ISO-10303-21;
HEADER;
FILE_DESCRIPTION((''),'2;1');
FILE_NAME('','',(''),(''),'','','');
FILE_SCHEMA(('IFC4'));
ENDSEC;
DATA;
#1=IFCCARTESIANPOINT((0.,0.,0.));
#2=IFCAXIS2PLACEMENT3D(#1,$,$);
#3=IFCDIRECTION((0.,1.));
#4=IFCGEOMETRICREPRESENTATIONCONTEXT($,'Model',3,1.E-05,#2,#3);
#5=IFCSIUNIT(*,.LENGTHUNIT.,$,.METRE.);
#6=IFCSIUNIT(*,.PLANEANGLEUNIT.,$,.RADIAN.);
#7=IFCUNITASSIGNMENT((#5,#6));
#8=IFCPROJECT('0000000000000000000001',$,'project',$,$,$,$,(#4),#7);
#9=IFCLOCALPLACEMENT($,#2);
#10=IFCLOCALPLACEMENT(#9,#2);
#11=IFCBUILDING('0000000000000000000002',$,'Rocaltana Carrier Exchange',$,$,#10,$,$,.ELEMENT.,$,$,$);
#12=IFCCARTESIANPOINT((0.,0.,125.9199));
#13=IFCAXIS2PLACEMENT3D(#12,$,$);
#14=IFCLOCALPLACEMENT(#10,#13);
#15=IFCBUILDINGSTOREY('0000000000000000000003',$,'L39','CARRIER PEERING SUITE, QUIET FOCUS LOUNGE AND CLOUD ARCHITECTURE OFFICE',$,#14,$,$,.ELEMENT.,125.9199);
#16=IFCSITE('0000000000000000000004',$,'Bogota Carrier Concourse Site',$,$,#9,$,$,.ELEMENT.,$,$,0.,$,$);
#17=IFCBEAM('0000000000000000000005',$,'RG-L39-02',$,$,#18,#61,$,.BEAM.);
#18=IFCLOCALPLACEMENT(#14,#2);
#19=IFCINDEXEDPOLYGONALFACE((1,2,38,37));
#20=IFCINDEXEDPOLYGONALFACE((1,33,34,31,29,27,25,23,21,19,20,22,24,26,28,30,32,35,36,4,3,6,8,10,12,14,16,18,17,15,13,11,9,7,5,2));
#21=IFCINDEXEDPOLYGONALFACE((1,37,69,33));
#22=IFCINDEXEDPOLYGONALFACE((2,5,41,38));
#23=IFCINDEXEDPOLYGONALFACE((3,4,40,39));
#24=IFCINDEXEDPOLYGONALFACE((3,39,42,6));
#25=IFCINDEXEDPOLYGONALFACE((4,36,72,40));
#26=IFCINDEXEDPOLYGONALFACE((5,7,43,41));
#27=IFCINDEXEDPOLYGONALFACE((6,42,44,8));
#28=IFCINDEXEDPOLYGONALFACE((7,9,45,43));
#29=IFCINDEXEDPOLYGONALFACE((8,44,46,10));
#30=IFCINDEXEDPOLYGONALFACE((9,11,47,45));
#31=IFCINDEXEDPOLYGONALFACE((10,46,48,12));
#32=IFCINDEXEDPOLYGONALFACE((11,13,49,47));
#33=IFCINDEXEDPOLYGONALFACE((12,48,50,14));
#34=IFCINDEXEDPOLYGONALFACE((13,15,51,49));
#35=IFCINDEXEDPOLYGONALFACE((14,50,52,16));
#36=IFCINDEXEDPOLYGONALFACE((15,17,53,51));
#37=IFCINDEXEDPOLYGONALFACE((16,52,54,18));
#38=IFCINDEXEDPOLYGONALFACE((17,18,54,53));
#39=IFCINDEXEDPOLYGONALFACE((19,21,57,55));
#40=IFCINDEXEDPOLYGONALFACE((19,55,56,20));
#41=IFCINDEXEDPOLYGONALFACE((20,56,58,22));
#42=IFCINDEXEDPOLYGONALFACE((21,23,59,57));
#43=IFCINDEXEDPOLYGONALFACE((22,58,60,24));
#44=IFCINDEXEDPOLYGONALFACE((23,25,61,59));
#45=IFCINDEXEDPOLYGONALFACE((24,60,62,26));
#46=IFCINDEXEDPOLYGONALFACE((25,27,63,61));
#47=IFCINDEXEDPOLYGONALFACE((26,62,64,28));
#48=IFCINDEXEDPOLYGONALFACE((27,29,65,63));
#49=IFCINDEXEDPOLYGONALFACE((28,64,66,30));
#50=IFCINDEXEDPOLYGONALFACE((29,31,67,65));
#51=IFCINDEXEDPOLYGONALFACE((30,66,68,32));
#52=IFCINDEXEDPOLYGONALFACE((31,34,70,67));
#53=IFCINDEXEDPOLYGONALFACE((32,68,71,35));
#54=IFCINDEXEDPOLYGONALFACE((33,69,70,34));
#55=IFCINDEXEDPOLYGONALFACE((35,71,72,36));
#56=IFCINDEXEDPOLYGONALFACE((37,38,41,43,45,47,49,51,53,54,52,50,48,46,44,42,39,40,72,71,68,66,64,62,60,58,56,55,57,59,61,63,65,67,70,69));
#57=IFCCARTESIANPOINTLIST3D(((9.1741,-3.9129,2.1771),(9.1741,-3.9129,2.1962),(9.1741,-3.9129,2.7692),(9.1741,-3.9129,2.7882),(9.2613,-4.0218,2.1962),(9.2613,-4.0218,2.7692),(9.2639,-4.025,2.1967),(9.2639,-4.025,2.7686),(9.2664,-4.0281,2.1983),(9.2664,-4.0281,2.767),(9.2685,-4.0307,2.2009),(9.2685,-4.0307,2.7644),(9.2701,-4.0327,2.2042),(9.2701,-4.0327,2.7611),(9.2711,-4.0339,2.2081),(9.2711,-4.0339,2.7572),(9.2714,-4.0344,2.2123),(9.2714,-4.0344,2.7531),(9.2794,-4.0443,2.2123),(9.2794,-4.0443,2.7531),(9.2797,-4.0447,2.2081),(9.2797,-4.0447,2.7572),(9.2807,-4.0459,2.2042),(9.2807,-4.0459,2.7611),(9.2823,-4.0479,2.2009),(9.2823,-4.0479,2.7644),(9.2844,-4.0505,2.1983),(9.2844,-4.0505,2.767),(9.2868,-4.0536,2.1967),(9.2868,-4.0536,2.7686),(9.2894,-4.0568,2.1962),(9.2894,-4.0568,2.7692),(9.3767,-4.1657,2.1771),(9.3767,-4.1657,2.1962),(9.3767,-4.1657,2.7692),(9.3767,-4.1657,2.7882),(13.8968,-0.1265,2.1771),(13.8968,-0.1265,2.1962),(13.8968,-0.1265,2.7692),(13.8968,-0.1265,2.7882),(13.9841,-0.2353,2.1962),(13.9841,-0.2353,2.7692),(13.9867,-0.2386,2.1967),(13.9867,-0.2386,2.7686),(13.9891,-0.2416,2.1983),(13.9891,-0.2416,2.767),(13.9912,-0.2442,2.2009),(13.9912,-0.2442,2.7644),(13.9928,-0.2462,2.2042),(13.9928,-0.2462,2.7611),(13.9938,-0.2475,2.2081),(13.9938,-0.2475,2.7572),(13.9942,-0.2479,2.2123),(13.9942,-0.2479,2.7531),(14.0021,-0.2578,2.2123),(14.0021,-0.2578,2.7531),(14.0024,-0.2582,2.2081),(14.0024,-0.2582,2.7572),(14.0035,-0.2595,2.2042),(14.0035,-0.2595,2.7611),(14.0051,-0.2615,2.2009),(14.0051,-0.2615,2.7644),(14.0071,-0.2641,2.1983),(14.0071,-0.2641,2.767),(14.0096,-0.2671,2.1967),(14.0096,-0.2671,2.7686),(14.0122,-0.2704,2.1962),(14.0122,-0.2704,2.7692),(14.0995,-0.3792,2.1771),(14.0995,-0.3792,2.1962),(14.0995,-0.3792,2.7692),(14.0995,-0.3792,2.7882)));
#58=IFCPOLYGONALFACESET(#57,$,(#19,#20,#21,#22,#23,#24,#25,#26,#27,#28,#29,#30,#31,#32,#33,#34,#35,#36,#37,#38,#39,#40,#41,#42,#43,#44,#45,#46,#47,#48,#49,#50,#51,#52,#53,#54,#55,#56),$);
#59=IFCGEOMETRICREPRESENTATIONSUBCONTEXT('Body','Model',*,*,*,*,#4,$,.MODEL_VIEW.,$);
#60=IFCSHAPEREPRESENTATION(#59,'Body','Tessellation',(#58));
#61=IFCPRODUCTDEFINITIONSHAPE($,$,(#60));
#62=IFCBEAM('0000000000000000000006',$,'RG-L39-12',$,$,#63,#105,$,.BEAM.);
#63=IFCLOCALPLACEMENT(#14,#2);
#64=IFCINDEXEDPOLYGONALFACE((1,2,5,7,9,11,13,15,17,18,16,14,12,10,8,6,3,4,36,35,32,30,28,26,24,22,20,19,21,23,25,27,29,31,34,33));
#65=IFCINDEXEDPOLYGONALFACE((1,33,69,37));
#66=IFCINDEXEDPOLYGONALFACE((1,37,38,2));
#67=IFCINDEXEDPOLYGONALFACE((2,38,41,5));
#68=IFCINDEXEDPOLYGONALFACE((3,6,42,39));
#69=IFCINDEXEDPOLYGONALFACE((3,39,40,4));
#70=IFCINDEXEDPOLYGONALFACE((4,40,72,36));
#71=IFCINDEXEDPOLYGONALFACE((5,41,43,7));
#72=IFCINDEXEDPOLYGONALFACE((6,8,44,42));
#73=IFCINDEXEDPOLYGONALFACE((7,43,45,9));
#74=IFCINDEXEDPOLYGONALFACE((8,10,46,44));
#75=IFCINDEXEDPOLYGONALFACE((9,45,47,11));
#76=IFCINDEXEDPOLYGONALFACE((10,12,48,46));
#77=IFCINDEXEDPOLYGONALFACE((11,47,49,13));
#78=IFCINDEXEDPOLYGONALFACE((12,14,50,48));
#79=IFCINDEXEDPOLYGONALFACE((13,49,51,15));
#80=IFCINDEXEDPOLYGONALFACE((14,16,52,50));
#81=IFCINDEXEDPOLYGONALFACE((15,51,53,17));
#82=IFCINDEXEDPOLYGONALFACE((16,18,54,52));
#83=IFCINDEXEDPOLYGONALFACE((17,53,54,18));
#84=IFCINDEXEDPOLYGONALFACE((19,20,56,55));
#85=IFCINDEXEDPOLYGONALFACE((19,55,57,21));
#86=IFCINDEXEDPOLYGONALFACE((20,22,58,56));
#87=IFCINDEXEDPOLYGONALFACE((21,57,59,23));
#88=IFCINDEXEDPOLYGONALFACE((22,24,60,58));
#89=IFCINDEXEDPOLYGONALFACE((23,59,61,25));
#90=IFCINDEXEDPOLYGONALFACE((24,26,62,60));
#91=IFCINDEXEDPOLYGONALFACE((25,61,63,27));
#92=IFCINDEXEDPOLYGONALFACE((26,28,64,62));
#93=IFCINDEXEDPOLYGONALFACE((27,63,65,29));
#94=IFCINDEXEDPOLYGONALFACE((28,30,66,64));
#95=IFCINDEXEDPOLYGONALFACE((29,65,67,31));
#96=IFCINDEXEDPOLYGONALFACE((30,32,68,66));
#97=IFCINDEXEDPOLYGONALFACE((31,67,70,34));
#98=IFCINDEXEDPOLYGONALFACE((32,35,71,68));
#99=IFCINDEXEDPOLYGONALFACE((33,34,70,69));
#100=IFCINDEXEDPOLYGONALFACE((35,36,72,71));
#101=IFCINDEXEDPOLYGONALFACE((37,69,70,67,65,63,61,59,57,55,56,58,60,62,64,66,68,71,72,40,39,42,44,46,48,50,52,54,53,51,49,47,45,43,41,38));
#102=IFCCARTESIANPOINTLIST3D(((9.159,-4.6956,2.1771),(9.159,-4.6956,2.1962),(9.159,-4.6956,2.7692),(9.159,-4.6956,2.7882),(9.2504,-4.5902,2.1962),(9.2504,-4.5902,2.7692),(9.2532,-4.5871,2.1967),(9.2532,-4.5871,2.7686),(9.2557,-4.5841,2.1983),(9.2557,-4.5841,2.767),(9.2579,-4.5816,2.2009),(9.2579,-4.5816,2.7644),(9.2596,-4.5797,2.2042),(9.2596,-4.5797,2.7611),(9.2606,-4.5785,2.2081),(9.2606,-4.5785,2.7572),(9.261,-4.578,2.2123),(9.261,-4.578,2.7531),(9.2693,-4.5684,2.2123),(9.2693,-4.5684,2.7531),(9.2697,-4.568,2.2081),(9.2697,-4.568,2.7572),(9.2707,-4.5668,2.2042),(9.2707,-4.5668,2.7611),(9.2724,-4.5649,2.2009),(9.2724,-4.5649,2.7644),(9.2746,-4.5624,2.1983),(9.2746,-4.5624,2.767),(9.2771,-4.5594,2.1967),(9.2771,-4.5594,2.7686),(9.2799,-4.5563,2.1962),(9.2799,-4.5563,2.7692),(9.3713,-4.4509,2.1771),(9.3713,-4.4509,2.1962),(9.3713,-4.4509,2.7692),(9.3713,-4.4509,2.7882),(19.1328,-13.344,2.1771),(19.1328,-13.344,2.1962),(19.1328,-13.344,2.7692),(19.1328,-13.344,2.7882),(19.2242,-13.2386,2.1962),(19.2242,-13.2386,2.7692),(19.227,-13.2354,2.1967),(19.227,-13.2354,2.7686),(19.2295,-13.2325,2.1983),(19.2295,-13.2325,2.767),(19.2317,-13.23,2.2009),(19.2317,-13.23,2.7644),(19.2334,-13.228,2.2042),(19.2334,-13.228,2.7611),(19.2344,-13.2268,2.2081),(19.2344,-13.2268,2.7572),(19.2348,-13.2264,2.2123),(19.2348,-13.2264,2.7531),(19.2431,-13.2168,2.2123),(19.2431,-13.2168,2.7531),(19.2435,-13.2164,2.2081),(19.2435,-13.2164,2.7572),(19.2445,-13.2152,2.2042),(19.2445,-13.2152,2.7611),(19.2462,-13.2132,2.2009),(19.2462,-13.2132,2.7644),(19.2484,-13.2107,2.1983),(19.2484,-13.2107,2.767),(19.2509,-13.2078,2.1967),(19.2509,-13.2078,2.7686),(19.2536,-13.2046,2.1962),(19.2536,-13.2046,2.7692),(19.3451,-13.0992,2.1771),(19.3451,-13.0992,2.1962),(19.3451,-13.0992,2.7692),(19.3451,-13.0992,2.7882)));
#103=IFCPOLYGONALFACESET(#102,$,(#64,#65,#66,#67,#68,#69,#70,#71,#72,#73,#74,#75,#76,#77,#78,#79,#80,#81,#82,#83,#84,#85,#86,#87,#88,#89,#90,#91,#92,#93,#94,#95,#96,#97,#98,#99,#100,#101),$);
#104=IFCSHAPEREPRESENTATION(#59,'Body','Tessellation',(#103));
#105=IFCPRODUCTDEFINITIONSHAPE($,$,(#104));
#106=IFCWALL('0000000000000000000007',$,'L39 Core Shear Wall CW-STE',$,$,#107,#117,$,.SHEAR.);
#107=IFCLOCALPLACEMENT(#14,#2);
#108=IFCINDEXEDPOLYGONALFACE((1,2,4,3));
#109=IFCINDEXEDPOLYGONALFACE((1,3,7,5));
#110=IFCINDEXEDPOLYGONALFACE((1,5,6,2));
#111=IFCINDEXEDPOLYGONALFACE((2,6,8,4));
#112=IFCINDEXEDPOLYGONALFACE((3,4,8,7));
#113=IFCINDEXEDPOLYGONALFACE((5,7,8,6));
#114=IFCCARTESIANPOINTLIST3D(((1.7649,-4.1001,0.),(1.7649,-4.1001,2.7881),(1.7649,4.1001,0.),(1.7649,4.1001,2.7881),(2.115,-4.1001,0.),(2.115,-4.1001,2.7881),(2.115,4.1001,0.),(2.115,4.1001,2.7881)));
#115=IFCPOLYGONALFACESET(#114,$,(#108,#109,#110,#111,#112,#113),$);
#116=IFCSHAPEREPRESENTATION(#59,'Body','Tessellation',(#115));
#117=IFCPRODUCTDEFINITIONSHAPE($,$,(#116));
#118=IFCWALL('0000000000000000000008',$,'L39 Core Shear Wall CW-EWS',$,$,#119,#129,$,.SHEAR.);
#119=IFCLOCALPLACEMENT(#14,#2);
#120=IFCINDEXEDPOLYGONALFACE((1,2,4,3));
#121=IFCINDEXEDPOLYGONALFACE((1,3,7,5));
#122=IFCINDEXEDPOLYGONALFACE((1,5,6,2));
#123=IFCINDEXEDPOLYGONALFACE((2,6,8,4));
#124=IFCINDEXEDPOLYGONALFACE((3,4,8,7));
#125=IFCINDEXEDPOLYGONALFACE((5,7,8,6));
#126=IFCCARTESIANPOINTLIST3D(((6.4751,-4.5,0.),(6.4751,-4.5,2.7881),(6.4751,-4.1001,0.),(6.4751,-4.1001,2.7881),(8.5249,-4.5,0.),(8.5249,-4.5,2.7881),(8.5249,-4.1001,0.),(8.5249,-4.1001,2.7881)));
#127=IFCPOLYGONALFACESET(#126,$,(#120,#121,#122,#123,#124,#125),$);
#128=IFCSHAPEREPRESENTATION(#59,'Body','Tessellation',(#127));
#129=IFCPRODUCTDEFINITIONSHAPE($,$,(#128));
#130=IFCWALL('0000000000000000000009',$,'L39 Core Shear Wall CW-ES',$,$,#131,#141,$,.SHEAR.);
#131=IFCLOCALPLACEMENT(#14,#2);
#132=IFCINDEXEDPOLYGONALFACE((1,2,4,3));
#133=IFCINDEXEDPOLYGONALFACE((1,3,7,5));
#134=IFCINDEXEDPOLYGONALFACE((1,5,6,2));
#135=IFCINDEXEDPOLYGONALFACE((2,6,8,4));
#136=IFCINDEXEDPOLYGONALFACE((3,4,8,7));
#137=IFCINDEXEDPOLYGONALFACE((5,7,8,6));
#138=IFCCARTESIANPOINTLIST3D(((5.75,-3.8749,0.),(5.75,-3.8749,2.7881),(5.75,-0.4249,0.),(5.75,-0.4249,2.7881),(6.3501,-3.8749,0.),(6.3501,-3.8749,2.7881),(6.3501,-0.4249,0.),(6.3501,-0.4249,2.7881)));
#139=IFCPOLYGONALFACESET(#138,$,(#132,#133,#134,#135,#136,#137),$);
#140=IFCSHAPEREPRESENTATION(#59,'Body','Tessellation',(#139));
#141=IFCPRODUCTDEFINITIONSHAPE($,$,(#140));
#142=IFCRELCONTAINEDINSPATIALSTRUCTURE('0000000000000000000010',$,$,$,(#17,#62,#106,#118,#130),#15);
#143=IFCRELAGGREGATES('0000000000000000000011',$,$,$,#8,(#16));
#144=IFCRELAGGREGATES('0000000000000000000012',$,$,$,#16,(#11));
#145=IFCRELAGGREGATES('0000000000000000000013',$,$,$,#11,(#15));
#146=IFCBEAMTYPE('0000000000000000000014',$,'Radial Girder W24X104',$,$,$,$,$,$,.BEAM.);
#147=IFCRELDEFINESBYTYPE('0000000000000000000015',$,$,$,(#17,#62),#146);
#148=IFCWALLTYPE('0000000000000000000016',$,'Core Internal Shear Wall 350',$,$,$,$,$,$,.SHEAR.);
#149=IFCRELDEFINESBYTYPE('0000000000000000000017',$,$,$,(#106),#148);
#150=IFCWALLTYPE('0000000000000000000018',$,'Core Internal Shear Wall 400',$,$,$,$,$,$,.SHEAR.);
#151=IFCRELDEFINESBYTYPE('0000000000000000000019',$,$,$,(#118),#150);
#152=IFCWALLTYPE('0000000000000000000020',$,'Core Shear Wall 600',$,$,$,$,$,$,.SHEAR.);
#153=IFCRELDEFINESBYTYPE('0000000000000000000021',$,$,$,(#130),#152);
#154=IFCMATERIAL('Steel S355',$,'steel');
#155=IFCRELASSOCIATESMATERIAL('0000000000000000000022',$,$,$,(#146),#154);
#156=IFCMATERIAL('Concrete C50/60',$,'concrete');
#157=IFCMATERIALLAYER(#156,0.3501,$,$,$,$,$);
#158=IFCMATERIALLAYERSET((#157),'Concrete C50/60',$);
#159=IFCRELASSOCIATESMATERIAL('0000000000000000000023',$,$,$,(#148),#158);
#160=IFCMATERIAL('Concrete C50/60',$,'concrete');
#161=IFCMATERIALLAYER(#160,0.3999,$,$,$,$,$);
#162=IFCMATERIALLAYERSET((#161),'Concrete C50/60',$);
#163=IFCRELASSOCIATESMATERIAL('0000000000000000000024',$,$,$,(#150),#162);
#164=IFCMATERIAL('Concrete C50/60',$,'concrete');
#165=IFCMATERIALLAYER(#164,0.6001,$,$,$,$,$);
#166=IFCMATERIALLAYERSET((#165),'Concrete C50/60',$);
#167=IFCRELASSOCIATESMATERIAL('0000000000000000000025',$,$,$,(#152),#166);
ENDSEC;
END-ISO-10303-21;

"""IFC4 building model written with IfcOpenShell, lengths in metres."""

from ifc_helpers import new_model, si_unit, direction, frame, frame_2d, origin, origin_2d, place, context, subcontext, project, spatial, rectangle, i_section, extrude, material, layer, layer_set, material_profile, profile_set, type_object, element, save


model = new_model("IFC4")

# Units and contexts
model_context = context("Model", 3, precision=1e-05, world=origin(), true_north=direction((0.0, 1.0)))
body_context = subcontext(model_context, "Body", "Model", "MODEL_VIEW")
ifc_project = project(units=[si_unit("LENGTHUNIT", "METRE"), si_unit("PLANEANGLEUNIT", "RADIAN")], contexts=[model_context])

# Site, building, storey
site_placement = place(None, origin())
site = spatial("IfcSite", under=ifc_project, at=site_placement, Name="Bogota Carrier Concourse Site", CompositionType="ELEMENT", RefElevation=0.0)
building_placement = place(site_placement, origin())
building = spatial("IfcBuilding", under=site, at=building_placement, Name="Rocaltana Carrier Exchange", CompositionType="ELEMENT")
storey_placement = place(building_placement, frame((0.0, 0.0, 125.9199)))
storey = spatial("IfcBuildingStorey", under=building, at=storey_placement, Name="L39", Description="CARRIER PEERING SUITE, QUIET FOCUS LOUNGE AND CLOUD ARCHITECTURE OFFICE", CompositionType="ELEMENT", Elevation=125.9199)

# Beams
ifc_material_1 = material(Name="Steel S355", Category="steel")
ifc_material_profile_1 = material_profile(ifc_material_1, i_section(OverallWidth=0.324, OverallDepth=0.6111, WebThickness=0.0127, FlangeThickness=0.019, FilletRadius=0.0161, at=origin_2d()), Name="W24X104")
ifc_profile_set_1 = profile_set([ifc_material_profile_1], Name="Steel S355")
beam_type = type_object("IfcBeamType", Name="Radial Girder W24X104", PredefinedType="BEAM", material=ifc_profile_set_1)
beam_1_placement = place(storey_placement, frame((9.2754, -4.0393, 2.4827), z_axis=(0.780203, 0.625526, 0.0), x_axis=(-0.625526, 0.780203, 0.0)))
element("IfcBeam", 1, at=beam_1_placement, inside=storey, type_object=beam_type, Name="RG-L39-02", PredefinedType="BEAM", context=body_context, shape_type="SweptSolid", body=[
    extrude(i_section(OverallWidth=0.324, OverallDepth=0.6111, WebThickness=0.0127, FlangeThickness=0.019, FilletRadius=0.0161, at=origin_2d()), origin(), (0.0, 0.0, 1.0), 6.0532),
])
beam_2_placement = place(storey_placement, frame((9.2651, -4.5732, 2.4827), z_axis=(0.755524, -0.655121, 0.0), x_axis=(0.655121, 0.755524, 0.0)))
element("IfcBeam", 2, at=beam_2_placement, inside=storey, type_object=beam_type, Name="RG-L39-12", PredefinedType="BEAM", context=body_context, shape_type="SweptSolid", body=[
    extrude(i_section(OverallWidth=0.324, OverallDepth=0.6111, WebThickness=0.0127, FlangeThickness=0.019, FilletRadius=0.0161, at=origin_2d()), origin(), (0.0, 0.0, 1.0), 13.2012),
])

# Walls
ifc_material_2 = material(Name="Concrete C50/60", Category="concrete")
ifc_layer_1 = layer(ifc_material_2, 0.3501)
ifc_layer_set_1 = layer_set([ifc_layer_1], Name="Concrete C50/60")
wall_type_1 = type_object("IfcWallType", Name="Core Internal Shear Wall 350", PredefinedType="SHEAR", material=ifc_layer_set_1)
wall_1_placement = place(storey_placement, frame((1.9399, -4.1001, 0.0), z_axis=(0.0, 0.0, 1.0), x_axis=(0.0, 1.0, 0.0)))
element("IfcWall", 3, at=wall_1_placement, inside=storey, type_object=wall_type_1, Name="L39 Core Shear Wall CW-STE", PredefinedType="SHEAR", context=body_context, shape_type="SweptSolid", body=[
    extrude(rectangle(XDim=8.2002, YDim=0.3501, at=frame_2d((4.1001, 0.0))), origin(), (0.0, 0.0, 1.0), 2.7881),
])
ifc_material_3 = material(Name="Concrete C50/60", Category="concrete")
ifc_layer_2 = layer(ifc_material_3, 0.3999)
ifc_layer_set_2 = layer_set([ifc_layer_2], Name="Concrete C50/60")
wall_type_2 = type_object("IfcWallType", Name="Core Internal Shear Wall 400", PredefinedType="SHEAR", material=ifc_layer_set_2)
wall_2_placement = place(storey_placement, frame((6.4751, -4.3, 0.0), z_axis=(0.0, 0.0, 1.0), x_axis=(1.0, 0.0, 0.0)))
element("IfcWall", 4, at=wall_2_placement, inside=storey, type_object=wall_type_2, Name="L39 Core Shear Wall CW-EWS", PredefinedType="SHEAR", context=body_context, shape_type="SweptSolid", body=[
    extrude(rectangle(XDim=2.0498, YDim=0.3999, at=frame_2d((1.0249, 0.0))), origin(), (0.0, 0.0, 1.0), 2.7881),
])
ifc_material_4 = material(Name="Concrete C50/60", Category="concrete")
ifc_layer_3 = layer(ifc_material_4, 0.6001)
ifc_layer_set_3 = layer_set([ifc_layer_3], Name="Concrete C50/60")
wall_type_3 = type_object("IfcWallType", Name="Core Shear Wall 600", PredefinedType="SHEAR", material=ifc_layer_set_3)
wall_3_placement = place(storey_placement, frame((6.05, -3.875, 0.0), z_axis=(0.0, 0.0, 1.0), x_axis=(0.0, 1.0, 0.0)))
element("IfcWall", 5, at=wall_3_placement, inside=storey, type_object=wall_type_3, Name="L39 Core Shear Wall CW-ES", PredefinedType="SHEAR", context=body_context, shape_type="SweptSolid", body=[
    extrude(rectangle(XDim=3.45, YDim=0.6001, at=frame_2d((1.7251, 0.0))), origin(), (0.0, 0.0, 1.0), 2.7881),
])

save(model, "model.ifc")
